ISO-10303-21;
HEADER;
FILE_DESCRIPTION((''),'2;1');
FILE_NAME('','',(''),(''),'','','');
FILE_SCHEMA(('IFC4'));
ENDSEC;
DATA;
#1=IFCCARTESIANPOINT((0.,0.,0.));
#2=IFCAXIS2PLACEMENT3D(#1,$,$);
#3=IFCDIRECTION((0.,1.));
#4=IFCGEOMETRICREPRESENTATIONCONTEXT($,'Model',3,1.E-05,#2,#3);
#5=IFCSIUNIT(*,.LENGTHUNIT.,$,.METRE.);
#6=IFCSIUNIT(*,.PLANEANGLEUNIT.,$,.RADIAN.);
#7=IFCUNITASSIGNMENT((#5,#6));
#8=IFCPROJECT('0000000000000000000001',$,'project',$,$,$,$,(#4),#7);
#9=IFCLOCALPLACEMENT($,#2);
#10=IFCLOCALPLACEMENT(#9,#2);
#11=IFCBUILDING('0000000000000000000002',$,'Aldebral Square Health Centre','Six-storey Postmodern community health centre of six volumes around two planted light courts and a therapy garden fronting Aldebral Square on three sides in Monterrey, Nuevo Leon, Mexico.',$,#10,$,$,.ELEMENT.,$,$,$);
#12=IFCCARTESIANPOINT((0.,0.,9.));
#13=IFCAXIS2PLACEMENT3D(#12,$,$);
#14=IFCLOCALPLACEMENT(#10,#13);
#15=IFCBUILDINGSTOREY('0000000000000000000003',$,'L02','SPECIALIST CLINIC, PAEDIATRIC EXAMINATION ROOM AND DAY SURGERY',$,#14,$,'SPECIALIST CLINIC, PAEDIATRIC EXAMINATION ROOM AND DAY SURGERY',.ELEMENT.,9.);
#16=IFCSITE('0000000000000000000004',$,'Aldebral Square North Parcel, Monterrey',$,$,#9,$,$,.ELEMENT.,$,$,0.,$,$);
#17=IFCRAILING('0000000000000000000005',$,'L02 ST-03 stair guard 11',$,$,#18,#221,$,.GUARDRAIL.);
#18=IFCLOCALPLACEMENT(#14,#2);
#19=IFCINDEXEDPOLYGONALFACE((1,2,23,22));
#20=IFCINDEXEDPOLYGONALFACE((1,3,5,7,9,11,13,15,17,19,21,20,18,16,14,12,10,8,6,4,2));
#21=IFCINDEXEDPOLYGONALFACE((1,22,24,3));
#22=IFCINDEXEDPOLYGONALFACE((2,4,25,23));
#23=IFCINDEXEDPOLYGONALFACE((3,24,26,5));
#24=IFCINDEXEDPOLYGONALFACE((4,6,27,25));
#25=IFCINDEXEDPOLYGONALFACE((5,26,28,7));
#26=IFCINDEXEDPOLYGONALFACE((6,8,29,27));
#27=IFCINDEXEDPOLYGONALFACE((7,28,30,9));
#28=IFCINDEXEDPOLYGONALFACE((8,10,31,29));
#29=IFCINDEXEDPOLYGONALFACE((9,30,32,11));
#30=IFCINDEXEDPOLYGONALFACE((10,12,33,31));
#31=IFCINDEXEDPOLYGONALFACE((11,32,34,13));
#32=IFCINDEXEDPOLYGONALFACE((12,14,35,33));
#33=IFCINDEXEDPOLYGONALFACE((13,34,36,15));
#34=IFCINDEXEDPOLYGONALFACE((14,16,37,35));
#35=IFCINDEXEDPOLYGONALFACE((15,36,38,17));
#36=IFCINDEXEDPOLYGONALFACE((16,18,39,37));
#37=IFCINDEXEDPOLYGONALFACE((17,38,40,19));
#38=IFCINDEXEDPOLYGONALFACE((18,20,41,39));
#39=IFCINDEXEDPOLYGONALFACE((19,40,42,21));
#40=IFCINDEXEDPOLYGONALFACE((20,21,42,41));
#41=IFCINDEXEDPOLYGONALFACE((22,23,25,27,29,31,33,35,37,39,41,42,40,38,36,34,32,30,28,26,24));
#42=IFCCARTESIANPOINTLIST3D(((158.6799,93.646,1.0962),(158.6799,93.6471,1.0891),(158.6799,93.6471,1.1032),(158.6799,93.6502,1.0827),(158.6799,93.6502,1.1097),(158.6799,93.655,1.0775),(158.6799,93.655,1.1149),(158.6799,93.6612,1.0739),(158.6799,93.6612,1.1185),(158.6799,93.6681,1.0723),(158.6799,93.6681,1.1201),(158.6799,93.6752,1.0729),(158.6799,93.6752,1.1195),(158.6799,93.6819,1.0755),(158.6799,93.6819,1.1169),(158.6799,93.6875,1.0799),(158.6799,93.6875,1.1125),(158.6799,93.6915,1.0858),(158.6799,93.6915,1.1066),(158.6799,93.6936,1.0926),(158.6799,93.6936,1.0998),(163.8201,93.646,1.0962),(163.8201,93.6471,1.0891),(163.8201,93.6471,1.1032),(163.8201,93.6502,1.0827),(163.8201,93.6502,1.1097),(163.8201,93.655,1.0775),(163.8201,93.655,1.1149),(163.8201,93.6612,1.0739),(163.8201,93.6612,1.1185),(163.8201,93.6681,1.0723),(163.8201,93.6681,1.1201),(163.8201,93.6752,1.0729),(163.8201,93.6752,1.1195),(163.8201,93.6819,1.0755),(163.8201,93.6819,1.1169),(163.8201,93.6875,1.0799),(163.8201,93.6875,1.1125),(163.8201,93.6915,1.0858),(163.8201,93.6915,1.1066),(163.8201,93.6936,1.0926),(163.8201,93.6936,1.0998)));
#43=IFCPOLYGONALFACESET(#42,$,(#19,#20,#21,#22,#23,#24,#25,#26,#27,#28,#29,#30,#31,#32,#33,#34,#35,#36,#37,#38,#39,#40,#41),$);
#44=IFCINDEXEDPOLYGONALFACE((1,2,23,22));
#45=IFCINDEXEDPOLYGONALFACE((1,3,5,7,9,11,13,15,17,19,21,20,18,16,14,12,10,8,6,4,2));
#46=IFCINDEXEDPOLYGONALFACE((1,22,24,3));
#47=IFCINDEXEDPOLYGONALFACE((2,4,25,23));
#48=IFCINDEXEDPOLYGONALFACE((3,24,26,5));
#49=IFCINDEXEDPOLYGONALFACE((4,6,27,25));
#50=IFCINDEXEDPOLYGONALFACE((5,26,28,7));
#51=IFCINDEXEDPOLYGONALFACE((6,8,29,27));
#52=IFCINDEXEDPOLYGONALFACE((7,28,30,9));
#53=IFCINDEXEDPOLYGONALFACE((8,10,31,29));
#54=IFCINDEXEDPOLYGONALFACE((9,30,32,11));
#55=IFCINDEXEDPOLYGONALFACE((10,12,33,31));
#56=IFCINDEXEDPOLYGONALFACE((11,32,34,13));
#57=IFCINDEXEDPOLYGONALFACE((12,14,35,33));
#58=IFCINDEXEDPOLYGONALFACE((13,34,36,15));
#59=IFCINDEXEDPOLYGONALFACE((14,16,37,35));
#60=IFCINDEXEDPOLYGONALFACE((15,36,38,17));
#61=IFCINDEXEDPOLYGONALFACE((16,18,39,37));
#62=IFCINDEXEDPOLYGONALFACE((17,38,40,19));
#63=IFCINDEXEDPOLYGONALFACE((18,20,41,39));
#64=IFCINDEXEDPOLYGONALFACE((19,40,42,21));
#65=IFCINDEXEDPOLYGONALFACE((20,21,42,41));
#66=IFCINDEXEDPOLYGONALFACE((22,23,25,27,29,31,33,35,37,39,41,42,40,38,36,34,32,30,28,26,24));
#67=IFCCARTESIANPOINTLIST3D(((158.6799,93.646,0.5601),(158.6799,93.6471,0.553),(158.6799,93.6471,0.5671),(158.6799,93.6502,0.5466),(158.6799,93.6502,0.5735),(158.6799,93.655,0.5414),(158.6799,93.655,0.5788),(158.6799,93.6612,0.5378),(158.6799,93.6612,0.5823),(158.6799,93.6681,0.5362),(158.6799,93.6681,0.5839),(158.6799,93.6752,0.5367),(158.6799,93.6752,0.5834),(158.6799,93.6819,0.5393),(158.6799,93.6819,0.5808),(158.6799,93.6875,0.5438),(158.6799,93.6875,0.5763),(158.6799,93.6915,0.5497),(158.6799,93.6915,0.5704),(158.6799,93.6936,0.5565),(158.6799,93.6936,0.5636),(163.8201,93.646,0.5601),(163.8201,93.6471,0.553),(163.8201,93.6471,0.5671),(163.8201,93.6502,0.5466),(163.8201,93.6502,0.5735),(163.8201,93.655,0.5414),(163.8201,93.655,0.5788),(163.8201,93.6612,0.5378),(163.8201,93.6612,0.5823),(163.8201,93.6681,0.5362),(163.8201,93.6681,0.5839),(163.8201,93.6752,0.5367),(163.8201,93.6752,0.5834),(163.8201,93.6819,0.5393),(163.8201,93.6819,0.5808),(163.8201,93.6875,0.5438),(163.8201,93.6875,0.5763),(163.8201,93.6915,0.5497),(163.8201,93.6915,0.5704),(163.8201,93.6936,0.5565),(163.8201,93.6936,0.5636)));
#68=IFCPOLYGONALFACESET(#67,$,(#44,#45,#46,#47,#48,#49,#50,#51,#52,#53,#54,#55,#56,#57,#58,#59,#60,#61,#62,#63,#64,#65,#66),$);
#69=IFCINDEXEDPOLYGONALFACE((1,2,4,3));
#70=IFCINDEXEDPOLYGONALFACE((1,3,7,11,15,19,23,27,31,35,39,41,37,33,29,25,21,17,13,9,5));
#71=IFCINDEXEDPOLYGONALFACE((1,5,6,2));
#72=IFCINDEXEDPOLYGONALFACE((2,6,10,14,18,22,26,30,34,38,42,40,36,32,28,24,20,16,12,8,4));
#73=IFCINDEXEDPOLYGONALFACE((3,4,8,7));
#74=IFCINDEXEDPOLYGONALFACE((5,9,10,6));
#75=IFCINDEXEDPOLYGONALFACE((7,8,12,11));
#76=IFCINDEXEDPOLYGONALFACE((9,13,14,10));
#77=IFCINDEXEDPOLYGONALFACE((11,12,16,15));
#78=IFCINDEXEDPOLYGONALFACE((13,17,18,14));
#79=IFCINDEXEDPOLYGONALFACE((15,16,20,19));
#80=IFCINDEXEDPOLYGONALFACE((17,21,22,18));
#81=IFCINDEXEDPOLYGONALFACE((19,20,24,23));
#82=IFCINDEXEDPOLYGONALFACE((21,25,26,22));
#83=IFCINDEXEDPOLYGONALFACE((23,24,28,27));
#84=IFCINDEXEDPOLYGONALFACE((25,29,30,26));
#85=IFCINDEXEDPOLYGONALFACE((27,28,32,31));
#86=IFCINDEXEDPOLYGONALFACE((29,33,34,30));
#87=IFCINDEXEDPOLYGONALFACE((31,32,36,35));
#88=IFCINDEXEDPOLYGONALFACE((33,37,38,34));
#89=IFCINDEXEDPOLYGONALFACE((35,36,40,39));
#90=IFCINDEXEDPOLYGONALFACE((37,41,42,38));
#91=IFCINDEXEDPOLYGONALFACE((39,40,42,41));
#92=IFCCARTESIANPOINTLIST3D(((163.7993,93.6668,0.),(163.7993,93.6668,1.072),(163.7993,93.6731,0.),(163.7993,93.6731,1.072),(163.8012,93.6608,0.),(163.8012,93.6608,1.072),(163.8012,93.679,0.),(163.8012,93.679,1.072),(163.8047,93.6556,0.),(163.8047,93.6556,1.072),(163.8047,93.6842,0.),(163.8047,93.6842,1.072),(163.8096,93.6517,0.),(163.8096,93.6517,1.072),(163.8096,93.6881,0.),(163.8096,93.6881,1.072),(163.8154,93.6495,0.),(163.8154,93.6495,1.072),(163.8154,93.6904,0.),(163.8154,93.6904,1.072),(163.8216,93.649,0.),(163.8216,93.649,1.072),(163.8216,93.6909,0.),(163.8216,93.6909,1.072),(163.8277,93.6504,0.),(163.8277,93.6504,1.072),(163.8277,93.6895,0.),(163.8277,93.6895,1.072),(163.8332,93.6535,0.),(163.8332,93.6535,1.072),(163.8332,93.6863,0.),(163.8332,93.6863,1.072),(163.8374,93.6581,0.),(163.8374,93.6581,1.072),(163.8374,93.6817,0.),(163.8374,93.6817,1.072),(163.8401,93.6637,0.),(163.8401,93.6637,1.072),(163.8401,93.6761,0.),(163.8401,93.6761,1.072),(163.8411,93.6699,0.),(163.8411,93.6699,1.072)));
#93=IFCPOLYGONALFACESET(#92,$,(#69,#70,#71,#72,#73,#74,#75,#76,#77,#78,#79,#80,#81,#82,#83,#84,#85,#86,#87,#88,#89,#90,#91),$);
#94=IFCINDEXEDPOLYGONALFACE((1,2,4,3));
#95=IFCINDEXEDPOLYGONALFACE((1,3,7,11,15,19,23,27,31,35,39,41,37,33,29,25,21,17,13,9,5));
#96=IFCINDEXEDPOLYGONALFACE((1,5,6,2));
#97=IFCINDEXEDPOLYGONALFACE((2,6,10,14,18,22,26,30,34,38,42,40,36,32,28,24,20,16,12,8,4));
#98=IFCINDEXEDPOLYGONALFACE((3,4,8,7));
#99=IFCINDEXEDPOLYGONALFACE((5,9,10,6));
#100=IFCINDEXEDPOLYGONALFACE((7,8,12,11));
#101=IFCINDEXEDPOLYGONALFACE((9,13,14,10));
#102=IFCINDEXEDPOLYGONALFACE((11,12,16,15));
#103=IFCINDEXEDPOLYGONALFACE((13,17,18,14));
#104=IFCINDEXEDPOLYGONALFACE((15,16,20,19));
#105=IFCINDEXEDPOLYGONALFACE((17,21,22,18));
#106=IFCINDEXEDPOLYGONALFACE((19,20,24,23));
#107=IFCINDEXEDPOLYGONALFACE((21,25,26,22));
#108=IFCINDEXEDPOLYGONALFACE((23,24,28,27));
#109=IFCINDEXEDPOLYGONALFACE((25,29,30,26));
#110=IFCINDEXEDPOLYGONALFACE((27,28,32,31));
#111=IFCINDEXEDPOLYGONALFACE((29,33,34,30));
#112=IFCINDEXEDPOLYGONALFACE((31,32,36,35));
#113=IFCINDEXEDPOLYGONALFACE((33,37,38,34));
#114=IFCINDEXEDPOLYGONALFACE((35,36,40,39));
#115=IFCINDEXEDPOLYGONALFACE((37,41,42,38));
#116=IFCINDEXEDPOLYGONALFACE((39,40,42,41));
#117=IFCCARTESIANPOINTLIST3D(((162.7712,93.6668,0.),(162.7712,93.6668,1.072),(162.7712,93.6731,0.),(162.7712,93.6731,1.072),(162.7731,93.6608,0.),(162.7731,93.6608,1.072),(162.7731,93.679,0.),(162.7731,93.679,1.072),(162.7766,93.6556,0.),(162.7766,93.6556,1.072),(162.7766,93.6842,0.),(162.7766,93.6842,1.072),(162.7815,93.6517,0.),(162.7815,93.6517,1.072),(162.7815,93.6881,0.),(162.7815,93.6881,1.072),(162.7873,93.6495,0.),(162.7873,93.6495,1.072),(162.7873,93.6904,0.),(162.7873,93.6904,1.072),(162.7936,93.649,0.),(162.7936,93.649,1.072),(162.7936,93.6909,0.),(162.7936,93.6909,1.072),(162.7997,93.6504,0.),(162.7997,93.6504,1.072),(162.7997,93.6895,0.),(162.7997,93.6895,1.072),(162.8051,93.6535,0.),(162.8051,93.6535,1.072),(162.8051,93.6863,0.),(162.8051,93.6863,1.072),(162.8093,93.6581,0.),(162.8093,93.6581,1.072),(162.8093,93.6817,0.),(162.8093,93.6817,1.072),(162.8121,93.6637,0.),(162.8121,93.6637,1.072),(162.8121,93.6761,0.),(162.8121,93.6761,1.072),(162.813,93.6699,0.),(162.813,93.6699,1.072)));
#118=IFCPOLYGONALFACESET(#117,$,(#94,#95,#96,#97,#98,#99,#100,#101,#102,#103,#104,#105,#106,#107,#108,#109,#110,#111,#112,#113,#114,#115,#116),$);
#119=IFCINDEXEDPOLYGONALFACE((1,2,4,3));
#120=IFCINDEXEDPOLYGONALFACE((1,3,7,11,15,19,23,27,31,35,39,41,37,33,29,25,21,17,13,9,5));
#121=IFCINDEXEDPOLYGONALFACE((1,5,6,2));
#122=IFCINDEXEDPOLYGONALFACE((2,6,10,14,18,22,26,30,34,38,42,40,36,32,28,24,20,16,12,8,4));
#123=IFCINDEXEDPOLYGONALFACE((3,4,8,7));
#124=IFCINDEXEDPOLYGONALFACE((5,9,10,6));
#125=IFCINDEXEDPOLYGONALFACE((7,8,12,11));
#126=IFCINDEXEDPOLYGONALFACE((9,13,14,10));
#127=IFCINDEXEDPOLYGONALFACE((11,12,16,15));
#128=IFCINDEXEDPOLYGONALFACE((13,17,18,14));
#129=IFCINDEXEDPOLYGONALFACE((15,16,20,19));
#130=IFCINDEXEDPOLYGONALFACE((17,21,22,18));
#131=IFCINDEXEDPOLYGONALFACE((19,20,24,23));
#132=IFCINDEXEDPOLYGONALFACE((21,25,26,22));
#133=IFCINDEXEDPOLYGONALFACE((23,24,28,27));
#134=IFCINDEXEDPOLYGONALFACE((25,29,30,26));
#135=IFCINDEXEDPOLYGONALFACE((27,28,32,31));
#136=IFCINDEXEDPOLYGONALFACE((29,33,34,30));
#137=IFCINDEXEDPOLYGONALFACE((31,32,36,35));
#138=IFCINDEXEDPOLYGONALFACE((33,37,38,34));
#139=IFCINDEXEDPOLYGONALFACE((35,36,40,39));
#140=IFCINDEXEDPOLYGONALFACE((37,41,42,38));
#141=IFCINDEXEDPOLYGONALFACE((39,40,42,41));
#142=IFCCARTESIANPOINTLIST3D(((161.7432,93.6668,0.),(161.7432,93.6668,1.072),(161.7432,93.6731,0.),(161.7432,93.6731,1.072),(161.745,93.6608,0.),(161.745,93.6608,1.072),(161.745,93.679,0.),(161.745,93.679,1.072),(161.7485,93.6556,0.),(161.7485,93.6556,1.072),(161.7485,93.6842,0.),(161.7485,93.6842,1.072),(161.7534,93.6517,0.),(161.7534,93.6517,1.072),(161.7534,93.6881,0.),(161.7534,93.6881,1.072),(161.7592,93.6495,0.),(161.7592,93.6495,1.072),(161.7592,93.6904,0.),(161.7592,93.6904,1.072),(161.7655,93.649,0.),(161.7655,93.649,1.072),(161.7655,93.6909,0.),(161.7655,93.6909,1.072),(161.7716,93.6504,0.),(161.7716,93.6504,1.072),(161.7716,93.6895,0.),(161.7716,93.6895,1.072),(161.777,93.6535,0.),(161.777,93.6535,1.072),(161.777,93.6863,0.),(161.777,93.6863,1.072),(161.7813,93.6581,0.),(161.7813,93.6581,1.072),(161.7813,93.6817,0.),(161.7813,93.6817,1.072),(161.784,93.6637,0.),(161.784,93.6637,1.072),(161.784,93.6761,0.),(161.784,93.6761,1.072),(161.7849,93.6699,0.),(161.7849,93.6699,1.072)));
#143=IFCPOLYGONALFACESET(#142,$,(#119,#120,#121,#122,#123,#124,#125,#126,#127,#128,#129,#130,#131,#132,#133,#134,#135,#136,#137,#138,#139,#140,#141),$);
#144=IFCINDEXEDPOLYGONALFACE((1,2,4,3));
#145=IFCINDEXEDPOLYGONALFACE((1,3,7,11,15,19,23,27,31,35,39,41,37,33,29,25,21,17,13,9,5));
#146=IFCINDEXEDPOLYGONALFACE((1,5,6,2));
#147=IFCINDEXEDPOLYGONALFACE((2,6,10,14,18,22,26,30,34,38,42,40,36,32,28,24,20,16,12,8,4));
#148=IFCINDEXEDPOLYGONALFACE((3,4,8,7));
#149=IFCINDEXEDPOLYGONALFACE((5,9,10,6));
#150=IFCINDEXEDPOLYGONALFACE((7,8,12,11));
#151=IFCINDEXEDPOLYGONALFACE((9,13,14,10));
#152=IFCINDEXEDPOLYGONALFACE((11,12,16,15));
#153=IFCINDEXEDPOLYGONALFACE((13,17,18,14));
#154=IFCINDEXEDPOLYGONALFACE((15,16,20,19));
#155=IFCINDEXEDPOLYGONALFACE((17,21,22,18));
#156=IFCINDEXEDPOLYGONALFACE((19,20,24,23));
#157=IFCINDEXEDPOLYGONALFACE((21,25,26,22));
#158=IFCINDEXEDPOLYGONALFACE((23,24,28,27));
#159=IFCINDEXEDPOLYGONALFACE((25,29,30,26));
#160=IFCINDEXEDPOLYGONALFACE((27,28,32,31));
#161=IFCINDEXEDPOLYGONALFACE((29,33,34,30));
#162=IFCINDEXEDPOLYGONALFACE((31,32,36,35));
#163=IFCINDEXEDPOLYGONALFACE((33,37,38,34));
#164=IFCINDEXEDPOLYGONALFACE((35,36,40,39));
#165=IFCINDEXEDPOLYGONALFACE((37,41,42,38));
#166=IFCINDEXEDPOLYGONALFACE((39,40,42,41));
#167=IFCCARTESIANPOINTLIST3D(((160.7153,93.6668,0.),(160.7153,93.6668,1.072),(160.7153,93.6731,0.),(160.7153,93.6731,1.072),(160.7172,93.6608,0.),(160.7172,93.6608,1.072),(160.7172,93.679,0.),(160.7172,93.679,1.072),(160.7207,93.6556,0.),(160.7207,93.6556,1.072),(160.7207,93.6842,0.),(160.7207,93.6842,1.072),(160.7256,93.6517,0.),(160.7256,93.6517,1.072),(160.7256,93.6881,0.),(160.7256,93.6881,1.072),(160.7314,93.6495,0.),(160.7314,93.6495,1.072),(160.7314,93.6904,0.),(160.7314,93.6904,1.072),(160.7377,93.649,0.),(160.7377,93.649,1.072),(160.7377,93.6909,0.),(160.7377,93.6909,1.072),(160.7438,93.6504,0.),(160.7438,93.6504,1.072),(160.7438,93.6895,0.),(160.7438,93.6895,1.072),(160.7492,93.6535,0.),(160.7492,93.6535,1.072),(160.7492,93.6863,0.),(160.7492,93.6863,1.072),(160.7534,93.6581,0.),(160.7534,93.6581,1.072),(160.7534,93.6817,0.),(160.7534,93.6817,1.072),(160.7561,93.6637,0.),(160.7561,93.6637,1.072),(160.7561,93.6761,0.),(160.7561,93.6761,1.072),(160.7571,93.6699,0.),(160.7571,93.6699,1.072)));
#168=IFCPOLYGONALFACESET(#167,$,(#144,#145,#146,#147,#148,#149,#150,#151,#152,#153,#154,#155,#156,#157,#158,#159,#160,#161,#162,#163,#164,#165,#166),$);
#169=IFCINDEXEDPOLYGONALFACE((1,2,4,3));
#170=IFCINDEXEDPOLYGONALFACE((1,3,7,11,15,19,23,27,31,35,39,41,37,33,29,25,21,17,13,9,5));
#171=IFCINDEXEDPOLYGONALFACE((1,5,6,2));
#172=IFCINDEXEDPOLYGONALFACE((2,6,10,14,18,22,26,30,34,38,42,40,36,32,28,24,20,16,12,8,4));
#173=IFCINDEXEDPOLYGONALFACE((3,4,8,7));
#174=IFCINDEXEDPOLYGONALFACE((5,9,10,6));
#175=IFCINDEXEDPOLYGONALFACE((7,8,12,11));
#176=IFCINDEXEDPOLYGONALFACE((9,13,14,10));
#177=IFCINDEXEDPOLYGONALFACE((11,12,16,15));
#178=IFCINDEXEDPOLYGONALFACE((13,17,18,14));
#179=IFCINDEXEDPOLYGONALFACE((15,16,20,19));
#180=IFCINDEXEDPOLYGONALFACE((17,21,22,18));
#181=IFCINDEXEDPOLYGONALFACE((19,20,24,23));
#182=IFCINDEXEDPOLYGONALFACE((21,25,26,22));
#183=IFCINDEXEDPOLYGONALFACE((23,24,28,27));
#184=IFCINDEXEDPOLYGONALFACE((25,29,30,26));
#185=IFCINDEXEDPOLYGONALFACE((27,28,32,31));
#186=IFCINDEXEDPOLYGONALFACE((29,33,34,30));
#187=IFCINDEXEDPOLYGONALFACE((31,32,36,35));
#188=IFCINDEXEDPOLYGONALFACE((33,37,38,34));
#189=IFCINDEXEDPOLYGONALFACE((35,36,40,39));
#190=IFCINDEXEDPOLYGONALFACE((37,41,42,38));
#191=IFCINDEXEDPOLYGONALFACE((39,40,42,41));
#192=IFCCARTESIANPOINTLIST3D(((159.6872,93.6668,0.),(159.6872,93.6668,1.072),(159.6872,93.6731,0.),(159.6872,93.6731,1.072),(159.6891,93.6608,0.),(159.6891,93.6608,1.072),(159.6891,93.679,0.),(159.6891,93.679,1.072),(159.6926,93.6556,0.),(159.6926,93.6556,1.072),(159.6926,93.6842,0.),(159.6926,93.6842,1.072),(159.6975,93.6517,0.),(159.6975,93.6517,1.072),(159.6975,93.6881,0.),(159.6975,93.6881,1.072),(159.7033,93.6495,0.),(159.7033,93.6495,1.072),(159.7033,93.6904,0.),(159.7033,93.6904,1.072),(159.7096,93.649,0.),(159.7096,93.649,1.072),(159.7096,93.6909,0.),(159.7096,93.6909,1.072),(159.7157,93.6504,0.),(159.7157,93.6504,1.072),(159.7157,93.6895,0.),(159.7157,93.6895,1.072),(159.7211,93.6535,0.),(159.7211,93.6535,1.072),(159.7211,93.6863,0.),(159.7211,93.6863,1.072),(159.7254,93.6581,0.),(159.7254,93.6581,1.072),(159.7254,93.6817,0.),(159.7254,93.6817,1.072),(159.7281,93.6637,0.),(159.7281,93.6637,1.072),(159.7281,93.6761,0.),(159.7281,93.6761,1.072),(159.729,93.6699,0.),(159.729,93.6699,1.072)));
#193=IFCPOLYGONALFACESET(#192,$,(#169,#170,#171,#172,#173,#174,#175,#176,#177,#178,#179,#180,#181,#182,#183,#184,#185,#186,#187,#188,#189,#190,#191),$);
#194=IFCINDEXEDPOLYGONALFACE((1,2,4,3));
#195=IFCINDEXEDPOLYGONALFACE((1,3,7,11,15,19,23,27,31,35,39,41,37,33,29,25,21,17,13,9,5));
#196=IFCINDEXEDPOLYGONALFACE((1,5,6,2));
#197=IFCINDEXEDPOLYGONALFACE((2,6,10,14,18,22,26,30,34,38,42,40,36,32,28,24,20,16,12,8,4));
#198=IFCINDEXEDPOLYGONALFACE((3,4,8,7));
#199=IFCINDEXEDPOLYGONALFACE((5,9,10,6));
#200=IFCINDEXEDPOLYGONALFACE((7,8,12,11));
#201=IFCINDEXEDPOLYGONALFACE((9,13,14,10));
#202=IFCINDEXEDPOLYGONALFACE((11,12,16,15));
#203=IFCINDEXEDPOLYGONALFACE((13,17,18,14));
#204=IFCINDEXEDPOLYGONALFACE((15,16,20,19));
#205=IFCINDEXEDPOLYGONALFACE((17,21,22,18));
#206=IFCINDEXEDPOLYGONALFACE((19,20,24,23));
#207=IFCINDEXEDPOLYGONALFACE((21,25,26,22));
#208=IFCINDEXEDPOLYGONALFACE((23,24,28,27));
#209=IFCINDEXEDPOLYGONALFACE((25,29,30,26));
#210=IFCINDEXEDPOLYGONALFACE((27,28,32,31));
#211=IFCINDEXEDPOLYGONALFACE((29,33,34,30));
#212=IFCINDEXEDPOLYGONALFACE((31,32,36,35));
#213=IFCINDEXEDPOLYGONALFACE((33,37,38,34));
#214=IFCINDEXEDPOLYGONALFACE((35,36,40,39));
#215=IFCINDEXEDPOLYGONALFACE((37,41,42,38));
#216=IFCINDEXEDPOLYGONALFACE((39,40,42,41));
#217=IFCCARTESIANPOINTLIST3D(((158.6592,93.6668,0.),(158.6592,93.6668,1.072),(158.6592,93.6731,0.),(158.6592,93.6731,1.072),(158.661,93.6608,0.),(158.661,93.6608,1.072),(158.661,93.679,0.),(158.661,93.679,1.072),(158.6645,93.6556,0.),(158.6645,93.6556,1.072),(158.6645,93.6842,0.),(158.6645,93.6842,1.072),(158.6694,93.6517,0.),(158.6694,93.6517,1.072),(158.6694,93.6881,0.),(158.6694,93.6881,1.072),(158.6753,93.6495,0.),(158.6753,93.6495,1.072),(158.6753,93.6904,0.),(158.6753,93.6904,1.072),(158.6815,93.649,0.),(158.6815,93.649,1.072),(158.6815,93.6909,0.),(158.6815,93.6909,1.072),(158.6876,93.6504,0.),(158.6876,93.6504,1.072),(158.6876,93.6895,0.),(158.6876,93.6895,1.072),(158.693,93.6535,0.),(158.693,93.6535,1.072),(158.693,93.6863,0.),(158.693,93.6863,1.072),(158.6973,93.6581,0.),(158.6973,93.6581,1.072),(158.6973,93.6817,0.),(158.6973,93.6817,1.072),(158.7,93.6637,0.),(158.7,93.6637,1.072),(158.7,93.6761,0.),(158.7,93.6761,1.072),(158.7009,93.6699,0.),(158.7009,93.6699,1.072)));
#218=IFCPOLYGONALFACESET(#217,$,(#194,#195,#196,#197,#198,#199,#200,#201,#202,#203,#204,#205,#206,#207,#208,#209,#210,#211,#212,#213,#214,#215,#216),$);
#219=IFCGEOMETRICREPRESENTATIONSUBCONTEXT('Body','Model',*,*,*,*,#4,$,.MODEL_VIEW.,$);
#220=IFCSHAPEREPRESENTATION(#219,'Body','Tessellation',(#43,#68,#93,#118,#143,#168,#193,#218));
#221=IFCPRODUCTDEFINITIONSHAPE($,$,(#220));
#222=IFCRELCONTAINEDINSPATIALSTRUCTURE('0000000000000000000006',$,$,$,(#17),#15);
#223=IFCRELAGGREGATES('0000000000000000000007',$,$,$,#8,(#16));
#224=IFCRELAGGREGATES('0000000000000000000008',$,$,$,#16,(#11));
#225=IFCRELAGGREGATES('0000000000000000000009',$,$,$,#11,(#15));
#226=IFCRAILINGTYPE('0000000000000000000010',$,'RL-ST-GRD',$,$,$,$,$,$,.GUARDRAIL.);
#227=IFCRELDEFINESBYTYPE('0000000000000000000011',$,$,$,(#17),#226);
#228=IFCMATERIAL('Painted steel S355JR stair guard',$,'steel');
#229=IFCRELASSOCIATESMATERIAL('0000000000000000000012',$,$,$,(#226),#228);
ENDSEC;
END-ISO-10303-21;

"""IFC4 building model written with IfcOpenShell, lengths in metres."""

from ifc_helpers import new_model, si_unit, direction, frame, origin, origin_2d, place, context, subcontext, project, spatial, circle, extrude, material, type_object, element, save


model = new_model("IFC4")

# Units and contexts
model_context = context("Model", 3, precision=1e-05, world=origin(), true_north=direction((0.0, 1.0)))
body_context = subcontext(model_context, "Body", "Model", "MODEL_VIEW")
ifc_project = project(units=[si_unit("LENGTHUNIT", "METRE"), si_unit("PLANEANGLEUNIT", "RADIAN")], contexts=[model_context])

# Site, building, storey
site_placement = place(None, origin())
site = spatial("IfcSite", under=ifc_project, at=site_placement, Name="Aldebral Square North Parcel, Monterrey", CompositionType="ELEMENT", RefElevation=0.0)
building_placement = place(site_placement, origin())
building = spatial("IfcBuilding", under=site, at=building_placement, Name="Aldebral Square Health Centre", Description="Six-storey Postmodern community health centre of six volumes around two planted light courts and a therapy garden fronting Aldebral Square on three sides in Monterrey, Nuevo Leon, Mexico.", CompositionType="ELEMENT")
storey_placement = place(building_placement, frame((0.0, 0.0, 9.0)))
storey = spatial("IfcBuildingStorey", under=building, at=storey_placement, Name="L02", Description="SPECIALIST CLINIC, PAEDIATRIC EXAMINATION ROOM AND DAY SURGERY", LongName="SPECIALIST CLINIC, PAEDIATRIC EXAMINATION ROOM AND DAY SURGERY", CompositionType="ELEMENT", Elevation=9.0)

# Railing
ifc_material_1 = material(Name="Painted steel S355JR stair guard", Category="steel")
railing_type = type_object("IfcRailingType", Name="RL-ST-GRD", PredefinedType="GUARDRAIL", material=ifc_material_1)
railing_1_placement = place(storey_placement, frame((163.8201, 93.6699, 0.0)))
element("IfcRailing", 1, at=railing_1_placement, inside=storey, type_object=railing_type, Name="L02 ST-03 stair guard 11", PredefinedType="GUARDRAIL", context=body_context, shape_type="SweptSolid", body=[
    extrude(circle(Radius=0.0239, at=origin_2d()), frame((0.0, 0.0, 1.0962), z_axis=(-1.0, 0.0, 0.0), x_axis=(0.0, -1.0, 0.0)), (0.0, 0.0, 1.0), 5.1401),
    extrude(circle(Radius=0.0239, at=origin_2d()), frame((0.0, 0.0, 0.5601), z_axis=(-1.0, 0.0, 0.0), x_axis=(0.0, -1.0, 0.0)), (0.0, 0.0, 1.0), 5.1401),
    extrude(circle(Radius=0.021, at=origin_2d()), origin(), (0.0, 0.0, 1.0), 1.072),
    extrude(circle(Radius=0.021, at=origin_2d()), frame((-1.0281, 0.0, 0.0)), (0.0, 0.0, 1.0), 1.072),
    extrude(circle(Radius=0.021, at=origin_2d()), frame((-2.0562, 0.0, 0.0)), (0.0, 0.0, 1.0), 1.072),
    extrude(circle(Radius=0.021, at=origin_2d()), frame((-3.084, 0.0, 0.0)), (0.0, 0.0, 1.0), 1.072),
    extrude(circle(Radius=0.021, at=origin_2d()), frame((-4.1121, 0.0, 0.0)), (0.0, 0.0, 1.0), 1.072),
    extrude(circle(Radius=0.021, at=origin_2d()), frame((-5.1401, 0.0, 0.0)), (0.0, 0.0, 1.0), 1.072),
])

save(model, "model.ifc")
